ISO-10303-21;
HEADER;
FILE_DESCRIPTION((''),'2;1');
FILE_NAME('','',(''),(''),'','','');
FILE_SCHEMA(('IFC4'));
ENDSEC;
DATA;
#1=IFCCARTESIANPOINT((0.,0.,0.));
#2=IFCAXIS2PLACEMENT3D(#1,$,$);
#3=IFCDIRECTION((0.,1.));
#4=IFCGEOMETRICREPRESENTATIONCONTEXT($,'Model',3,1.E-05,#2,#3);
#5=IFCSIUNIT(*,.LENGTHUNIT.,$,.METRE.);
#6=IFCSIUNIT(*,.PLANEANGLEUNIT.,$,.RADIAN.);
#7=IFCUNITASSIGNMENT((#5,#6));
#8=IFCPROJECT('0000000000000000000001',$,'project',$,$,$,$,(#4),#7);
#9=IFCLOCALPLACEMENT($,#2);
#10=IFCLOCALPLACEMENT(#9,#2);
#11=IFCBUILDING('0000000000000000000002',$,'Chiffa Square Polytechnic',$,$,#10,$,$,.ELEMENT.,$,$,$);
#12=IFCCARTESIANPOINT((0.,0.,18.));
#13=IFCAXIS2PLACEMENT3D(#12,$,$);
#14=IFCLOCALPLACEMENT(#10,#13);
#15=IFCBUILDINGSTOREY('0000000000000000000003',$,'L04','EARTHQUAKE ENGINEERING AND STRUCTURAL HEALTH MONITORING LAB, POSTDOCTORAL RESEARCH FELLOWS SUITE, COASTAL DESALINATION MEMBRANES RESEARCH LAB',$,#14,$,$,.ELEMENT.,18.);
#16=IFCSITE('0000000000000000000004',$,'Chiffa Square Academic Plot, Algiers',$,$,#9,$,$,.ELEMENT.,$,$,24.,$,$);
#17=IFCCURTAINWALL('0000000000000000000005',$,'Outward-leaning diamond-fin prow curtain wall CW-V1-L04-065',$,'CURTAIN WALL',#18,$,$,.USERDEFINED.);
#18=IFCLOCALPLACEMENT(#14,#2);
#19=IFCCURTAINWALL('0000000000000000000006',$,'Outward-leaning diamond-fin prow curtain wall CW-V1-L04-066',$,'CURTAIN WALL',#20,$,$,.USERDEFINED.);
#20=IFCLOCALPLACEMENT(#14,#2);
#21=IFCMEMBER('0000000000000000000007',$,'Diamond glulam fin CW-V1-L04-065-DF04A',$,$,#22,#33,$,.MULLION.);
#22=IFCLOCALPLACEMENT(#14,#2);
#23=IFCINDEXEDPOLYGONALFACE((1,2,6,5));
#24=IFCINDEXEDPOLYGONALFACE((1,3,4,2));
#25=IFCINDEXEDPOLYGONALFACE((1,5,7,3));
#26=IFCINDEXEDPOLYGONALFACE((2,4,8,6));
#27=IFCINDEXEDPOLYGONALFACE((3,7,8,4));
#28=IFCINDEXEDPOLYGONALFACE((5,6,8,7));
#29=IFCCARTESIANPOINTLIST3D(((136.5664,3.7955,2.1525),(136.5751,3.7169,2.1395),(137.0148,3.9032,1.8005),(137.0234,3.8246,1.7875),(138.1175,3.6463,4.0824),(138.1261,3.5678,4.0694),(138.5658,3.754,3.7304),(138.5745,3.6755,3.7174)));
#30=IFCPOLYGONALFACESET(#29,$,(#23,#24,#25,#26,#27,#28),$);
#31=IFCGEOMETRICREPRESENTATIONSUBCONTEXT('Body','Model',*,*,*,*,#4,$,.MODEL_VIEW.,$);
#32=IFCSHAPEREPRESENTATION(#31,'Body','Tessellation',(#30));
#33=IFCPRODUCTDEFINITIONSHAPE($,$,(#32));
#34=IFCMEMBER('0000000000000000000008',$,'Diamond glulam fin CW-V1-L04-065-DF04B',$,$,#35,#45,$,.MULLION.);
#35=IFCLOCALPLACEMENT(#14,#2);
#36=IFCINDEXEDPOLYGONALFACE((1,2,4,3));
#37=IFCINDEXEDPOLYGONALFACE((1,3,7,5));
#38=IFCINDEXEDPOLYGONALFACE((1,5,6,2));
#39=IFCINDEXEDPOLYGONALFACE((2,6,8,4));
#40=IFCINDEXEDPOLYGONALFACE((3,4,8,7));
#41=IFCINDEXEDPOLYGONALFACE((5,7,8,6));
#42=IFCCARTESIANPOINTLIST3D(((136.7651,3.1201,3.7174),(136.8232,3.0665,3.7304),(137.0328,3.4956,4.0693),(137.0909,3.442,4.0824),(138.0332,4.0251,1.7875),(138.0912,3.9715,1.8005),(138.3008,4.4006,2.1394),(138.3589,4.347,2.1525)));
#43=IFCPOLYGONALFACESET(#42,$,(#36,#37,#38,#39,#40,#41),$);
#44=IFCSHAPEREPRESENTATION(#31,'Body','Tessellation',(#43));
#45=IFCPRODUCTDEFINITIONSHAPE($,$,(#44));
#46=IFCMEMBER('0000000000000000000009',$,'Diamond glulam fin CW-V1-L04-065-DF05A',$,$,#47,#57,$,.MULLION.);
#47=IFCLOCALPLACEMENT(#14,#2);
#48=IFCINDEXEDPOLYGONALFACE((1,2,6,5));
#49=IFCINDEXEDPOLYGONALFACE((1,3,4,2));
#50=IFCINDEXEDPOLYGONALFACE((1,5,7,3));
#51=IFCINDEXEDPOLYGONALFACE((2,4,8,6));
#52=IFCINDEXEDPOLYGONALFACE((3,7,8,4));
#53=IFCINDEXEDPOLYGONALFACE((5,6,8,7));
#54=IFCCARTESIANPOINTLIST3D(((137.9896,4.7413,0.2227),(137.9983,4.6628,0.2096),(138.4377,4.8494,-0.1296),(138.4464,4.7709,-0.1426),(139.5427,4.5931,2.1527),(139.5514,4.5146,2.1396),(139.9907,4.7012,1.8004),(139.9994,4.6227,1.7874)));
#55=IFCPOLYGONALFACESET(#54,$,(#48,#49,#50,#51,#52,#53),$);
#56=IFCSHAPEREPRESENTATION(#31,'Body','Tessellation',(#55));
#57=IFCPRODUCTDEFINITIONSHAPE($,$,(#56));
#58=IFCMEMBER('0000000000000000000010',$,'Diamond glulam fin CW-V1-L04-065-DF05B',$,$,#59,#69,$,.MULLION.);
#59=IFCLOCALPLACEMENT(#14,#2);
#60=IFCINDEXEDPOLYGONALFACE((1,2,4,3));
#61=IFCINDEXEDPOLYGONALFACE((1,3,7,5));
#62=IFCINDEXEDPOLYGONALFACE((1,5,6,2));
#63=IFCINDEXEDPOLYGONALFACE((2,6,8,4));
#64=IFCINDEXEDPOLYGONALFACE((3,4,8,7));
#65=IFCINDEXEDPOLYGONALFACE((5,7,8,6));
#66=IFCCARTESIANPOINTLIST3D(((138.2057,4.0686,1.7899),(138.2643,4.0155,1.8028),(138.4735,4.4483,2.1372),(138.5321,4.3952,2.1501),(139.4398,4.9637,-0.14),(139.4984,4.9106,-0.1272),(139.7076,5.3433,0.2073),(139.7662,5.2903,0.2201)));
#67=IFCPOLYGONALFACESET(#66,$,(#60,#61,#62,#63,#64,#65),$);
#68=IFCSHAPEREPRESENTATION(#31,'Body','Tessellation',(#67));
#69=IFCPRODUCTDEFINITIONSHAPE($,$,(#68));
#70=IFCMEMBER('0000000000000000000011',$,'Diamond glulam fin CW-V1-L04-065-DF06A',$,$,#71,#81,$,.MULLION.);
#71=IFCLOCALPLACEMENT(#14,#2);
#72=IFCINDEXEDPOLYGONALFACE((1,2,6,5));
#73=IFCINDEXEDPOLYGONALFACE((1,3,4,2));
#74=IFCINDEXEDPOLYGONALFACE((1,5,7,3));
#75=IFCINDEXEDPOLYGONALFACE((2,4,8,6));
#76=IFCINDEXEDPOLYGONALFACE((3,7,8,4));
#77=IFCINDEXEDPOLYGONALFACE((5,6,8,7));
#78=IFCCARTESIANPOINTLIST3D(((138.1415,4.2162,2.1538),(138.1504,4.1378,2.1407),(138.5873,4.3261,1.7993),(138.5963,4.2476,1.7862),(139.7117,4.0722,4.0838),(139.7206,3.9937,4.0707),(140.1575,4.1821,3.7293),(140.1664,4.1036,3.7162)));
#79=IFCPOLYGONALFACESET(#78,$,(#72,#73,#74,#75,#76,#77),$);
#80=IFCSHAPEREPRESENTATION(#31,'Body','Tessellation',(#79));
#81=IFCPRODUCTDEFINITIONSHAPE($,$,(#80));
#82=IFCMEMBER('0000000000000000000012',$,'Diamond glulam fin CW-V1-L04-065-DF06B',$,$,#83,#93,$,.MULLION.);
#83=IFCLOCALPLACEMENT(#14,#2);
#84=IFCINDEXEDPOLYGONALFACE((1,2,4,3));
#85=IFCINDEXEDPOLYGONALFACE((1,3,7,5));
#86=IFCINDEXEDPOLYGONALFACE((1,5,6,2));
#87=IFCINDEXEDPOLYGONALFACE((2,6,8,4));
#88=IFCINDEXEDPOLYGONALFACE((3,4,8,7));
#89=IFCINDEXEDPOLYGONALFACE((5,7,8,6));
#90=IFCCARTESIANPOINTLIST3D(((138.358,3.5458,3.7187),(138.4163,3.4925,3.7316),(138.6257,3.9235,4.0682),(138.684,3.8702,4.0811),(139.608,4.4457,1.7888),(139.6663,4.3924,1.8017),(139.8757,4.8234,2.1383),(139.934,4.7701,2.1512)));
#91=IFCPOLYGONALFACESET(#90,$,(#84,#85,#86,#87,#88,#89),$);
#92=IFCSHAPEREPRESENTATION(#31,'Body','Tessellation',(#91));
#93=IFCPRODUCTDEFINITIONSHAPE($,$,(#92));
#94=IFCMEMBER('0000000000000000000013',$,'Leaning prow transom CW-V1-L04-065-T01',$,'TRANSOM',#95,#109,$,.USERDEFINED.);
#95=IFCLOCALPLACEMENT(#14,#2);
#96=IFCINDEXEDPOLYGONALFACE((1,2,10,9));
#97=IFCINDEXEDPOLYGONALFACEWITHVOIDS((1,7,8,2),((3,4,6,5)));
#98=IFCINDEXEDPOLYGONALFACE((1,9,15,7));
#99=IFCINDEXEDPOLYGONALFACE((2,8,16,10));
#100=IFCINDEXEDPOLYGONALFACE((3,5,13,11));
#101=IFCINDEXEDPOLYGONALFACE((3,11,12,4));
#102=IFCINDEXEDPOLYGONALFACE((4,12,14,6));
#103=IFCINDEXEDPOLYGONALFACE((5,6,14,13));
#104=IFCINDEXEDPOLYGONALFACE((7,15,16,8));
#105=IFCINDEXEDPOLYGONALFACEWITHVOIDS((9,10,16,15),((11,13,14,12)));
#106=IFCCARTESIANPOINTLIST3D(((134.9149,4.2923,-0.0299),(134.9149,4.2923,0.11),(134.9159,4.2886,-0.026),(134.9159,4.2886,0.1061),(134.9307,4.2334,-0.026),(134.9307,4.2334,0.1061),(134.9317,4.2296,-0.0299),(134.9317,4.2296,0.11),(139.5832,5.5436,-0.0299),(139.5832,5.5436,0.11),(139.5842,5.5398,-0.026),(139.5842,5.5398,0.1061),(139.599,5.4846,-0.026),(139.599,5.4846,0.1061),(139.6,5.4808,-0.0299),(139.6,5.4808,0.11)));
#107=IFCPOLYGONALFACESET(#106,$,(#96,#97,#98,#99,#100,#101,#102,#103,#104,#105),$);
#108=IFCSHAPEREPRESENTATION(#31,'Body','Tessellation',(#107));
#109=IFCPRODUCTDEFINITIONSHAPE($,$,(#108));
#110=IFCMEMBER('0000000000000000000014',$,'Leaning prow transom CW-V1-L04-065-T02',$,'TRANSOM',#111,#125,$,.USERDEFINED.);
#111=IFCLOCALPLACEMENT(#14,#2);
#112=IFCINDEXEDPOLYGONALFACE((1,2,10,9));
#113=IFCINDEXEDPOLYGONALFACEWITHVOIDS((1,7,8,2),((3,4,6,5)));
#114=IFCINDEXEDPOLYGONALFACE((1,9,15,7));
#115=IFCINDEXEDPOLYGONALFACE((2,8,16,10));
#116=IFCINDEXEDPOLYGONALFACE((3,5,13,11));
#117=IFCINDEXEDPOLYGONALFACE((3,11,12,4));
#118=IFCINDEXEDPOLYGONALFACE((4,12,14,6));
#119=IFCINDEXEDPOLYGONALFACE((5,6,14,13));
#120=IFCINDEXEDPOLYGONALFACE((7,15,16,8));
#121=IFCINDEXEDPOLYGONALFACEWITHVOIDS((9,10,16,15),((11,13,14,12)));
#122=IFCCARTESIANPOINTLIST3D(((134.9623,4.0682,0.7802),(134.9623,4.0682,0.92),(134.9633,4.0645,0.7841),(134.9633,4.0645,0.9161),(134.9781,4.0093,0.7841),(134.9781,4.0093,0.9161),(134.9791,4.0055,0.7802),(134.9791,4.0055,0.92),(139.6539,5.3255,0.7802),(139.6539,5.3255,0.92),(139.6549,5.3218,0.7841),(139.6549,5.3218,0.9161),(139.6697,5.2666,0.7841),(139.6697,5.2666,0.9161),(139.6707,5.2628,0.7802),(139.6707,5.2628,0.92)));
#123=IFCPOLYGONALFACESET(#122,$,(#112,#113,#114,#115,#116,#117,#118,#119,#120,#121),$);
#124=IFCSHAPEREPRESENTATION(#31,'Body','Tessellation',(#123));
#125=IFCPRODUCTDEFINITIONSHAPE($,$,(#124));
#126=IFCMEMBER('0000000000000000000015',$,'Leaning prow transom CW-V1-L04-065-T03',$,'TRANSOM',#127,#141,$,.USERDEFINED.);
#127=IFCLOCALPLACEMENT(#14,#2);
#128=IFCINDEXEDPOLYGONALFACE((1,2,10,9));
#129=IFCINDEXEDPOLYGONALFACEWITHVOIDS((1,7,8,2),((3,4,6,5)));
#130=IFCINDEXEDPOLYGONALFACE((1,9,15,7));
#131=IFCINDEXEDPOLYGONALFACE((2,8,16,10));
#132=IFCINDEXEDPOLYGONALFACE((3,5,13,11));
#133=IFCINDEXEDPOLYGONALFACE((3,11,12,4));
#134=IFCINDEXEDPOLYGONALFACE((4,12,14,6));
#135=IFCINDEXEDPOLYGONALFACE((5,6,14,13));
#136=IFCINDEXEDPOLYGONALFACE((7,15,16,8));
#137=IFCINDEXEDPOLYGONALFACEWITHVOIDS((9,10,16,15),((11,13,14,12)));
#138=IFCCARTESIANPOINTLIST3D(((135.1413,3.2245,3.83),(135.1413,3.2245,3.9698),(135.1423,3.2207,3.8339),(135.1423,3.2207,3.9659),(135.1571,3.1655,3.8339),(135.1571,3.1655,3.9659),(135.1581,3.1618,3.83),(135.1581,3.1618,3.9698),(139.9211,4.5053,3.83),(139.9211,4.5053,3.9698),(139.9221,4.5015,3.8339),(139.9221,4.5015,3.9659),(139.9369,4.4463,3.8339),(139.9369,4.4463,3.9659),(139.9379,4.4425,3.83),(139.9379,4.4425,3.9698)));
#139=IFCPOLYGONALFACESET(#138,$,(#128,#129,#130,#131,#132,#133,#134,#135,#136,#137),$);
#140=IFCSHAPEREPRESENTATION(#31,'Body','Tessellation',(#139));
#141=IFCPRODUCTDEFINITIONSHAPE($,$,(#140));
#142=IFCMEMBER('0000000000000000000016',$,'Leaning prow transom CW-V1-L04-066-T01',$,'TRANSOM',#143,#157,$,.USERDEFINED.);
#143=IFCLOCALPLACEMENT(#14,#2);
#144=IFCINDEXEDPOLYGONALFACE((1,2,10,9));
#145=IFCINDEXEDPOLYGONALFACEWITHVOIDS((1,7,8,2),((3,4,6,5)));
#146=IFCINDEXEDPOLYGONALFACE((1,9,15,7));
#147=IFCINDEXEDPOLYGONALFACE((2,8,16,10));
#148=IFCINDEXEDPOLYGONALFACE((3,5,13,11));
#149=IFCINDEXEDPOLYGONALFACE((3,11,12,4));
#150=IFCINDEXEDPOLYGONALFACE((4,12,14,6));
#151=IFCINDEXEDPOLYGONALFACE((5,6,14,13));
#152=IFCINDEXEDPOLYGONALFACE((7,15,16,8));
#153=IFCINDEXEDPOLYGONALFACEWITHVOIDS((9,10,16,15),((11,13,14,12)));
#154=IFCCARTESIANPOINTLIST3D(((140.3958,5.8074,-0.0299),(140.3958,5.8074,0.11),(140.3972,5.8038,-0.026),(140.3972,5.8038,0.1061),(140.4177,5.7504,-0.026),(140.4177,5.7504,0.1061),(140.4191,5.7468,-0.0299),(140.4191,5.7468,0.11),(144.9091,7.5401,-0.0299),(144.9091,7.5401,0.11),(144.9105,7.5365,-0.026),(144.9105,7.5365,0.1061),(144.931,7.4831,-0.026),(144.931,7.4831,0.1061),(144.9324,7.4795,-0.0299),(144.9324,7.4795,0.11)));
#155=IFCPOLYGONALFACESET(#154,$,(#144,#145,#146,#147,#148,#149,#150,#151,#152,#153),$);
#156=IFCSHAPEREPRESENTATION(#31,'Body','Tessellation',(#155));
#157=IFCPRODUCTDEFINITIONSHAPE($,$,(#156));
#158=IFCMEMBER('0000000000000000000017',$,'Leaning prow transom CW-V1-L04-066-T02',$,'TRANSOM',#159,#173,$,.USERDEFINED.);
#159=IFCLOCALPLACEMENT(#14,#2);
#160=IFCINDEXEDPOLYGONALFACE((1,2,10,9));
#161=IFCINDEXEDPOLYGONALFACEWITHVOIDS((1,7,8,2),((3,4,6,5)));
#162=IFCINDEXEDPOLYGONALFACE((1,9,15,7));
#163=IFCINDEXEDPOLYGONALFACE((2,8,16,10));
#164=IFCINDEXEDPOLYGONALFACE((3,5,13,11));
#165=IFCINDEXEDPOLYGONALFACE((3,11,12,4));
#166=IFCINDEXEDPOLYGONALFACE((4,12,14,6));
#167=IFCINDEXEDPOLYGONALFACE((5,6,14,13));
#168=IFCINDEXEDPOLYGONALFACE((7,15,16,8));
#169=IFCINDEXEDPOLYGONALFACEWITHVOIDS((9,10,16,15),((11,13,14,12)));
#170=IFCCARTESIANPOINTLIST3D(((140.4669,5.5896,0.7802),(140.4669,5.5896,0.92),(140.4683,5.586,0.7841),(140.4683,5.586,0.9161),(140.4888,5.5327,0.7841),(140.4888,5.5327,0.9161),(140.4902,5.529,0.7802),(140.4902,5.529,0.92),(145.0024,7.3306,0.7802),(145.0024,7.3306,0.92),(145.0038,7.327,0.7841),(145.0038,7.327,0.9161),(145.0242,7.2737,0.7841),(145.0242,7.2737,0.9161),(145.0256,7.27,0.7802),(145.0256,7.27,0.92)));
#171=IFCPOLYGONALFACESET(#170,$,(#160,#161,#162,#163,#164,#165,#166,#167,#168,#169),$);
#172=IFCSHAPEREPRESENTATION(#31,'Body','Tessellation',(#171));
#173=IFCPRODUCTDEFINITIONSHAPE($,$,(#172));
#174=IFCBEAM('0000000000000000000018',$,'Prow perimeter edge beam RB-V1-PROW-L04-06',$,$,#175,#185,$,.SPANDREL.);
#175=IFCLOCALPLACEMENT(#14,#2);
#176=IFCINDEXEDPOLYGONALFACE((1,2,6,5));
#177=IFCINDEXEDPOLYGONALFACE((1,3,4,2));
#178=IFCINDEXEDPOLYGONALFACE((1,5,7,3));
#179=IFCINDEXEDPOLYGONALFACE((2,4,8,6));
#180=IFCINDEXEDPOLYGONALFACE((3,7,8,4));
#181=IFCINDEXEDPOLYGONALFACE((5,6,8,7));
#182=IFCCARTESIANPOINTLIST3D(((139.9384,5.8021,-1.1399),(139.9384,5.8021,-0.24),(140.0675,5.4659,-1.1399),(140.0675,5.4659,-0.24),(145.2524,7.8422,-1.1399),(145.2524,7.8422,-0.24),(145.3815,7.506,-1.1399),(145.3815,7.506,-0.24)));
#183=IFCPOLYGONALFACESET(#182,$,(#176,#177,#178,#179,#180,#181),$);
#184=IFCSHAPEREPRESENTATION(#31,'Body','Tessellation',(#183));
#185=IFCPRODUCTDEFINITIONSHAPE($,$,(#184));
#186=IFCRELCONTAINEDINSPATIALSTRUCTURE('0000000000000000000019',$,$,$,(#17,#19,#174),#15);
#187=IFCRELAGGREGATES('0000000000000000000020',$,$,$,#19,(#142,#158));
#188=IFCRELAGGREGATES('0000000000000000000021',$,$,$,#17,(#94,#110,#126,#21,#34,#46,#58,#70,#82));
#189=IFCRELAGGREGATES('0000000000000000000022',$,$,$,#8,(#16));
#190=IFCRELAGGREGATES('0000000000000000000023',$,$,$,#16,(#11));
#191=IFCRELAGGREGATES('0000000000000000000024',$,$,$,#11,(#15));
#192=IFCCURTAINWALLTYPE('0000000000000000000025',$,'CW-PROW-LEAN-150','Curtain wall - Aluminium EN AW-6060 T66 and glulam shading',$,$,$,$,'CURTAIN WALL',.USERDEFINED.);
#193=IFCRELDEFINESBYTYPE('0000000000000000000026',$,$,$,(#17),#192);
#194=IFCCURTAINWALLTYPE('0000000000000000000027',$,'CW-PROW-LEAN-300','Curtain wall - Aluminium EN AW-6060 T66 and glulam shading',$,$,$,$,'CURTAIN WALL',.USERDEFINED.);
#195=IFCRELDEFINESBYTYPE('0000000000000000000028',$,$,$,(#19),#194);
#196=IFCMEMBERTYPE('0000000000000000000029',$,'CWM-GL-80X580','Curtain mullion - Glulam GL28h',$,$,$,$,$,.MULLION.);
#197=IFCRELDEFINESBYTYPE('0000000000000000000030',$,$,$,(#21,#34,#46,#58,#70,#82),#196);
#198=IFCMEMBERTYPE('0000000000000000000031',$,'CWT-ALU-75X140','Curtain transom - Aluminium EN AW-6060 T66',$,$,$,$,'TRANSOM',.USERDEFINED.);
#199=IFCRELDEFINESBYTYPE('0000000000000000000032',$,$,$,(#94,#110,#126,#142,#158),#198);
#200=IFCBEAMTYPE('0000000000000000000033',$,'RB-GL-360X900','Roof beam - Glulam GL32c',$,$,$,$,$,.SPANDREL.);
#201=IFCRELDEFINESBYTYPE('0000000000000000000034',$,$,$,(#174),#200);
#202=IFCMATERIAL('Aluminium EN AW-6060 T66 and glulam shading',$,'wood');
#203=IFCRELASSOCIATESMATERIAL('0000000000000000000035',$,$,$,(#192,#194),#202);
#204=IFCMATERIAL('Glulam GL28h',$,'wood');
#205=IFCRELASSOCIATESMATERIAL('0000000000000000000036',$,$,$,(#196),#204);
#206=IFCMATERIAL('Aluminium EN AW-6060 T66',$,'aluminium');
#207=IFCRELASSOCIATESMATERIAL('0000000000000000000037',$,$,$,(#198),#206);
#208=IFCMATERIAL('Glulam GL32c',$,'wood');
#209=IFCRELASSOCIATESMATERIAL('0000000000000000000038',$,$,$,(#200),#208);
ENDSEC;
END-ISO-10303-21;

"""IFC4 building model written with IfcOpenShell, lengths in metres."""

from ifc_helpers import new_model, si_unit, direction, frame, origin, origin_2d, place, context, subcontext, project, spatial, rectangle, hollow_rectangle, extrude, material, material_profile, profile_set, type_object, element, aggregate, save


model = new_model("IFC4")

# Units and contexts
model_context = context("Model", 3, precision=1e-05, world=origin(), true_north=direction((0.0, 1.0)))
body_context = subcontext(model_context, "Body", "Model", "MODEL_VIEW")
ifc_project = project(units=[si_unit("LENGTHUNIT", "METRE"), si_unit("PLANEANGLEUNIT", "RADIAN")], contexts=[model_context])

# Site, building, storey
site_placement = place(None, origin())
site = spatial("IfcSite", under=ifc_project, at=site_placement, Name="Chiffa Square Academic Plot, Algiers", CompositionType="ELEMENT", RefElevation=24.0)
building_placement = place(site_placement, origin())
building = spatial("IfcBuilding", under=site, at=building_placement, Name="Chiffa Square Polytechnic", CompositionType="ELEMENT")
storey_placement = place(building_placement, frame((0.0, 0.0, 18.0)))
storey = spatial("IfcBuildingStorey", under=building, at=storey_placement, Name="L04", Description="EARTHQUAKE ENGINEERING AND STRUCTURAL HEALTH MONITORING LAB, POSTDOCTORAL RESEARCH FELLOWS SUITE, COASTAL DESALINATION MEMBRANES RESEARCH LAB", CompositionType="ELEMENT", Elevation=18.0)

# Shared definitions
ifc_material_1 = material(Name="Glulam GL32c", Category="wood")

# Curtain wall
ifc_material_2 = material(Name="Aluminium EN AW-6060 T66 and glulam shading", Category="wood")
curtain_wall_type_1 = type_object("IfcCurtainWallType", Name="CW-PROW-LEAN-150", Description="Curtain wall - Aluminium EN AW-6060 T66 and glulam shading", ElementType="CURTAIN WALL", PredefinedType="USERDEFINED", material=ifc_material_2)
curtain_wall_1_placement = place(storey_placement, origin())
curtain_wall_1 = element("IfcCurtainWall", 1, at=curtain_wall_1_placement, inside=storey, type_object=curtain_wall_type_1, Name="Outward-leaning diamond-fin prow curtain wall CW-V1-L04-065", ObjectType="CURTAIN WALL", PredefinedType="USERDEFINED")
ifc_material_3 = material(Name="Aluminium EN AW-6060 T66", Category="aluminium")

# Curtain wall
curtain_wall_type_2 = type_object("IfcCurtainWallType", Name="CW-PROW-LEAN-300", Description="Curtain wall - Aluminium EN AW-6060 T66 and glulam shading", ElementType="CURTAIN WALL", PredefinedType="USERDEFINED", material=ifc_material_2)
curtain_wall_2_placement = place(storey_placement, origin())
curtain_wall_2 = element("IfcCurtainWall", 2, at=curtain_wall_2_placement, inside=storey, type_object=curtain_wall_type_2, Name="Outward-leaning diamond-fin prow curtain wall CW-V1-L04-066", ObjectType="CURTAIN WALL", PredefinedType="USERDEFINED")

# Members
ifc_material_4 = material(Name="Glulam GL28h", Category="wood")
ifc_material_profile_1 = material_profile(ifc_material_4, rectangle(XDim=0.0801, YDim=0.5801, at=origin_2d()), Name="GL28h 80x580")
ifc_profile_set_1 = profile_set([ifc_material_profile_1], Name="Glulam GL28h")
member_type_1 = type_object("IfcMemberType", Name="CWM-GL-80X580", Description="Curtain mullion - Glulam GL28h", PredefinedType="MULLION", material=ifc_profile_set_1)
member_1_placement = place(storey_placement, frame((136.7949, 3.8101, 1.97), z_axis=(0.625303, -0.060139, 0.778061), x_axis=(-0.107981, 0.980768, 0.162587)))
member_1 = element("IfcMember", 3, at=member_1_placement, type_object=member_type_1, Name="Diamond glulam fin CW-V1-L04-065-DF04A", PredefinedType="MULLION", context=body_context, shape_type="SweptSolid", body=[
    extrude(rectangle(XDim=0.0801, YDim=0.5801, at=origin_2d()), origin(), (0.0, 0.0, 1.0), 2.4805),
])
member_2_placement = place(storey_placement, frame((138.196, 4.186, 1.97), z_axis=(-0.511263, -0.364892, 0.778116), x_axis=(0.725056, -0.669227, 0.16257)))
member_2 = element("IfcMember", 4, at=member_2_placement, type_object=member_type_1, Name="Diamond glulam fin CW-V1-L04-065-DF04B", PredefinedType="MULLION", context=body_context, shape_type="SweptSolid", body=[
    extrude(rectangle(XDim=0.0801, YDim=0.5801, at=origin_2d()), origin(), (0.0, 0.0, 1.0), 2.4802),
])
member_3_placement = place(storey_placement, frame((138.218, 4.7561, 0.04), z_axis=(0.625797, -0.059717, 0.777696), x_axis=(-0.108616, 0.980678, 0.162704)))
member_3 = element("IfcMember", 5, at=member_3_placement, type_object=member_type_1, Name="Diamond glulam fin CW-V1-L04-065-DF05A", PredefinedType="MULLION", context=body_context, shape_type="SweptSolid", body=[
    extrude(rectangle(XDim=0.0801, YDim=0.5801, at=origin_2d()), origin(), (0.0, 0.0, 1.0), 2.4817),
])
member_4_placement = place(storey_placement, frame((139.603, 5.127, 0.04), z_axis=(-0.501796, -0.363914, 0.784708), x_axis=(0.731494, -0.662705, 0.160433)))
member_4 = element("IfcMember", 6, at=member_4_placement, type_object=member_type_1, Name="Diamond glulam fin CW-V1-L04-065-DF05B", PredefinedType="MULLION", context=body_context, shape_type="SweptSolid", body=[
    extrude(rectangle(XDim=0.0801, YDim=0.5801, at=origin_2d()), origin(), (0.0, 0.0, 1.0), 2.4595),
])
member_5_placement = place(storey_placement, frame((138.3689, 4.2319, 1.97), z_axis=(0.630021, -0.0578, 0.774424), x_axis=(-0.111351, 0.980198, 0.163746)))
member_5 = element("IfcMember", 7, at=member_5_placement, type_object=member_type_1, Name="Diamond glulam fin CW-V1-L04-065-DF06A", PredefinedType="MULLION", context=body_context, shape_type="SweptSolid", body=[
    extrude(rectangle(XDim=0.0801, YDim=0.5801, at=origin_2d()), origin(), (0.0, 0.0, 1.0), 2.4922),
])
member_6_placement = place(storey_placement, frame((139.771, 4.6079, 1.97), z_axis=(-0.506236, -0.364451, 0.781601), x_axis=(0.728529, -0.665719, 0.161446)))
member_6 = element("IfcMember", 8, at=member_6_placement, type_object=member_type_1, Name="Diamond glulam fin CW-V1-L04-065-DF06B", PredefinedType="MULLION", context=body_context, shape_type="SweptSolid", body=[
    extrude(rectangle(XDim=0.0801, YDim=0.5801, at=origin_2d()), origin(), (0.0, 0.0, 1.0), 2.4692),
])
ifc_material_profile_2 = material_profile(ifc_material_3, hollow_rectangle(XDim=0.0649, YDim=0.1399, WallThickness=0.0039, at=origin_2d()), Name="ALU 65x140x4")
ifc_profile_set_2 = profile_set([ifc_material_profile_2], Name="Aluminium EN AW-6060 T66")
member_type_2 = type_object("IfcMemberType", Name="CWT-ALU-75X140", Description="Curtain transom - Aluminium EN AW-6060 T66", ElementType="TRANSOM", PredefinedType="USERDEFINED", material=ifc_profile_set_2)
member_7_placement = place(storey_placement, frame((134.9233, 4.261, 0.04), z_axis=(0.965906, 0.258892, 0.0), x_axis=(-0.258892, 0.965906, 0.0)))
member_7 = element("IfcMember", 9, at=member_7_placement, type_object=member_type_2, Name="Leaning prow transom CW-V1-L04-065-T01", ObjectType="TRANSOM", PredefinedType="USERDEFINED", context=body_context, shape_type="SweptSolid", body=[
    extrude(hollow_rectangle(XDim=0.0649, YDim=0.1399, WallThickness=0.0039, at=origin_2d()), origin(), (0.0, 0.0, 1.0), 4.833),
])
member_8_placement = place(storey_placement, frame((134.9707, 4.0369, 0.8501), z_axis=(0.965916, 0.258858, 0.0), x_axis=(-0.258858, 0.965916, 0.0)))
member_8 = element("IfcMember", 10, at=member_8_placement, type_object=member_type_2, Name="Leaning prow transom CW-V1-L04-065-T02", ObjectType="TRANSOM", PredefinedType="USERDEFINED", context=body_context, shape_type="SweptSolid", body=[
    extrude(hollow_rectangle(XDim=0.0649, YDim=0.1399, WallThickness=0.0039, at=origin_2d()), origin(), (0.0, 0.0, 1.0), 4.8572),
])
member_9_placement = place(storey_placement, frame((135.1497, 3.1931, 3.8999), z_axis=(0.965925, 0.258823, 0.0), x_axis=(-0.258823, 0.965925, 0.0)))
member_9 = element("IfcMember", 11, at=member_9_placement, type_object=member_type_2, Name="Leaning prow transom CW-V1-L04-065-T03", ObjectType="TRANSOM", PredefinedType="USERDEFINED", context=body_context, shape_type="SweptSolid", body=[
    extrude(hollow_rectangle(XDim=0.0649, YDim=0.1399, WallThickness=0.0039, at=origin_2d()), origin(), (0.0, 0.0, 1.0), 4.9485),
])
member_10_placement = place(storey_placement, frame((140.4075, 5.7771, 0.04), z_axis=(0.933565, 0.358407, 0.0), x_axis=(-0.358407, 0.933565, 0.0)))
member_10 = element("IfcMember", 12, at=member_10_placement, type_object=member_type_2, Name="Leaning prow transom CW-V1-L04-066-T01", ObjectType="TRANSOM", PredefinedType="USERDEFINED", context=body_context, shape_type="SweptSolid", body=[
    extrude(hollow_rectangle(XDim=0.0649, YDim=0.1399, WallThickness=0.0039, at=origin_2d()), origin(), (0.0, 0.0, 1.0), 4.8345),
])
member_11_placement = place(storey_placement, frame((140.4785, 5.5593, 0.8501), z_axis=(0.933581, 0.358366, 0.0), x_axis=(-0.358366, 0.933581, 0.0)))
member_11 = element("IfcMember", 13, at=member_11_placement, type_object=member_type_2, Name="Leaning prow transom CW-V1-L04-066-T02", ObjectType="TRANSOM", PredefinedType="USERDEFINED", context=body_context, shape_type="SweptSolid", body=[
    extrude(hollow_rectangle(XDim=0.0649, YDim=0.1399, WallThickness=0.0039, at=origin_2d()), origin(), (0.0, 0.0, 1.0), 4.8582),
])

# Beam
ifc_material_profile_3 = material_profile(ifc_material_1, rectangle(XDim=0.3601, YDim=0.8999, at=origin_2d()), Name="GL32c 360x900")
ifc_profile_set_3 = profile_set([ifc_material_profile_3], Name="Glulam GL32c")
beam_type = type_object("IfcBeamType", Name="RB-GL-360X900", Description="Roof beam - Glulam GL32c", PredefinedType="SPANDREL", material=ifc_profile_set_3)
beam_placement = place(storey_placement, frame((140.0029, 5.634, -0.6899), z_axis=(0.933569, 0.358398, 0.0), x_axis=(-0.358398, 0.933569, 0.0)))
element("IfcBeam", 14, at=beam_placement, inside=storey, type_object=beam_type, Name="Prow perimeter edge beam RB-V1-PROW-L04-06", PredefinedType="SPANDREL", context=body_context, shape_type="SweptSolid", body=[
    extrude(rectangle(XDim=0.3601, YDim=0.8999, at=origin_2d()), origin(), (0.0, 0.0, 1.0), 5.6921),
])

aggregate(curtain_wall_2, [member_10, member_11])
aggregate(curtain_wall_1, [member_7, member_8, member_9, member_1, member_2, member_3, member_4, member_5, member_6])

save(model, "model.ifc")
